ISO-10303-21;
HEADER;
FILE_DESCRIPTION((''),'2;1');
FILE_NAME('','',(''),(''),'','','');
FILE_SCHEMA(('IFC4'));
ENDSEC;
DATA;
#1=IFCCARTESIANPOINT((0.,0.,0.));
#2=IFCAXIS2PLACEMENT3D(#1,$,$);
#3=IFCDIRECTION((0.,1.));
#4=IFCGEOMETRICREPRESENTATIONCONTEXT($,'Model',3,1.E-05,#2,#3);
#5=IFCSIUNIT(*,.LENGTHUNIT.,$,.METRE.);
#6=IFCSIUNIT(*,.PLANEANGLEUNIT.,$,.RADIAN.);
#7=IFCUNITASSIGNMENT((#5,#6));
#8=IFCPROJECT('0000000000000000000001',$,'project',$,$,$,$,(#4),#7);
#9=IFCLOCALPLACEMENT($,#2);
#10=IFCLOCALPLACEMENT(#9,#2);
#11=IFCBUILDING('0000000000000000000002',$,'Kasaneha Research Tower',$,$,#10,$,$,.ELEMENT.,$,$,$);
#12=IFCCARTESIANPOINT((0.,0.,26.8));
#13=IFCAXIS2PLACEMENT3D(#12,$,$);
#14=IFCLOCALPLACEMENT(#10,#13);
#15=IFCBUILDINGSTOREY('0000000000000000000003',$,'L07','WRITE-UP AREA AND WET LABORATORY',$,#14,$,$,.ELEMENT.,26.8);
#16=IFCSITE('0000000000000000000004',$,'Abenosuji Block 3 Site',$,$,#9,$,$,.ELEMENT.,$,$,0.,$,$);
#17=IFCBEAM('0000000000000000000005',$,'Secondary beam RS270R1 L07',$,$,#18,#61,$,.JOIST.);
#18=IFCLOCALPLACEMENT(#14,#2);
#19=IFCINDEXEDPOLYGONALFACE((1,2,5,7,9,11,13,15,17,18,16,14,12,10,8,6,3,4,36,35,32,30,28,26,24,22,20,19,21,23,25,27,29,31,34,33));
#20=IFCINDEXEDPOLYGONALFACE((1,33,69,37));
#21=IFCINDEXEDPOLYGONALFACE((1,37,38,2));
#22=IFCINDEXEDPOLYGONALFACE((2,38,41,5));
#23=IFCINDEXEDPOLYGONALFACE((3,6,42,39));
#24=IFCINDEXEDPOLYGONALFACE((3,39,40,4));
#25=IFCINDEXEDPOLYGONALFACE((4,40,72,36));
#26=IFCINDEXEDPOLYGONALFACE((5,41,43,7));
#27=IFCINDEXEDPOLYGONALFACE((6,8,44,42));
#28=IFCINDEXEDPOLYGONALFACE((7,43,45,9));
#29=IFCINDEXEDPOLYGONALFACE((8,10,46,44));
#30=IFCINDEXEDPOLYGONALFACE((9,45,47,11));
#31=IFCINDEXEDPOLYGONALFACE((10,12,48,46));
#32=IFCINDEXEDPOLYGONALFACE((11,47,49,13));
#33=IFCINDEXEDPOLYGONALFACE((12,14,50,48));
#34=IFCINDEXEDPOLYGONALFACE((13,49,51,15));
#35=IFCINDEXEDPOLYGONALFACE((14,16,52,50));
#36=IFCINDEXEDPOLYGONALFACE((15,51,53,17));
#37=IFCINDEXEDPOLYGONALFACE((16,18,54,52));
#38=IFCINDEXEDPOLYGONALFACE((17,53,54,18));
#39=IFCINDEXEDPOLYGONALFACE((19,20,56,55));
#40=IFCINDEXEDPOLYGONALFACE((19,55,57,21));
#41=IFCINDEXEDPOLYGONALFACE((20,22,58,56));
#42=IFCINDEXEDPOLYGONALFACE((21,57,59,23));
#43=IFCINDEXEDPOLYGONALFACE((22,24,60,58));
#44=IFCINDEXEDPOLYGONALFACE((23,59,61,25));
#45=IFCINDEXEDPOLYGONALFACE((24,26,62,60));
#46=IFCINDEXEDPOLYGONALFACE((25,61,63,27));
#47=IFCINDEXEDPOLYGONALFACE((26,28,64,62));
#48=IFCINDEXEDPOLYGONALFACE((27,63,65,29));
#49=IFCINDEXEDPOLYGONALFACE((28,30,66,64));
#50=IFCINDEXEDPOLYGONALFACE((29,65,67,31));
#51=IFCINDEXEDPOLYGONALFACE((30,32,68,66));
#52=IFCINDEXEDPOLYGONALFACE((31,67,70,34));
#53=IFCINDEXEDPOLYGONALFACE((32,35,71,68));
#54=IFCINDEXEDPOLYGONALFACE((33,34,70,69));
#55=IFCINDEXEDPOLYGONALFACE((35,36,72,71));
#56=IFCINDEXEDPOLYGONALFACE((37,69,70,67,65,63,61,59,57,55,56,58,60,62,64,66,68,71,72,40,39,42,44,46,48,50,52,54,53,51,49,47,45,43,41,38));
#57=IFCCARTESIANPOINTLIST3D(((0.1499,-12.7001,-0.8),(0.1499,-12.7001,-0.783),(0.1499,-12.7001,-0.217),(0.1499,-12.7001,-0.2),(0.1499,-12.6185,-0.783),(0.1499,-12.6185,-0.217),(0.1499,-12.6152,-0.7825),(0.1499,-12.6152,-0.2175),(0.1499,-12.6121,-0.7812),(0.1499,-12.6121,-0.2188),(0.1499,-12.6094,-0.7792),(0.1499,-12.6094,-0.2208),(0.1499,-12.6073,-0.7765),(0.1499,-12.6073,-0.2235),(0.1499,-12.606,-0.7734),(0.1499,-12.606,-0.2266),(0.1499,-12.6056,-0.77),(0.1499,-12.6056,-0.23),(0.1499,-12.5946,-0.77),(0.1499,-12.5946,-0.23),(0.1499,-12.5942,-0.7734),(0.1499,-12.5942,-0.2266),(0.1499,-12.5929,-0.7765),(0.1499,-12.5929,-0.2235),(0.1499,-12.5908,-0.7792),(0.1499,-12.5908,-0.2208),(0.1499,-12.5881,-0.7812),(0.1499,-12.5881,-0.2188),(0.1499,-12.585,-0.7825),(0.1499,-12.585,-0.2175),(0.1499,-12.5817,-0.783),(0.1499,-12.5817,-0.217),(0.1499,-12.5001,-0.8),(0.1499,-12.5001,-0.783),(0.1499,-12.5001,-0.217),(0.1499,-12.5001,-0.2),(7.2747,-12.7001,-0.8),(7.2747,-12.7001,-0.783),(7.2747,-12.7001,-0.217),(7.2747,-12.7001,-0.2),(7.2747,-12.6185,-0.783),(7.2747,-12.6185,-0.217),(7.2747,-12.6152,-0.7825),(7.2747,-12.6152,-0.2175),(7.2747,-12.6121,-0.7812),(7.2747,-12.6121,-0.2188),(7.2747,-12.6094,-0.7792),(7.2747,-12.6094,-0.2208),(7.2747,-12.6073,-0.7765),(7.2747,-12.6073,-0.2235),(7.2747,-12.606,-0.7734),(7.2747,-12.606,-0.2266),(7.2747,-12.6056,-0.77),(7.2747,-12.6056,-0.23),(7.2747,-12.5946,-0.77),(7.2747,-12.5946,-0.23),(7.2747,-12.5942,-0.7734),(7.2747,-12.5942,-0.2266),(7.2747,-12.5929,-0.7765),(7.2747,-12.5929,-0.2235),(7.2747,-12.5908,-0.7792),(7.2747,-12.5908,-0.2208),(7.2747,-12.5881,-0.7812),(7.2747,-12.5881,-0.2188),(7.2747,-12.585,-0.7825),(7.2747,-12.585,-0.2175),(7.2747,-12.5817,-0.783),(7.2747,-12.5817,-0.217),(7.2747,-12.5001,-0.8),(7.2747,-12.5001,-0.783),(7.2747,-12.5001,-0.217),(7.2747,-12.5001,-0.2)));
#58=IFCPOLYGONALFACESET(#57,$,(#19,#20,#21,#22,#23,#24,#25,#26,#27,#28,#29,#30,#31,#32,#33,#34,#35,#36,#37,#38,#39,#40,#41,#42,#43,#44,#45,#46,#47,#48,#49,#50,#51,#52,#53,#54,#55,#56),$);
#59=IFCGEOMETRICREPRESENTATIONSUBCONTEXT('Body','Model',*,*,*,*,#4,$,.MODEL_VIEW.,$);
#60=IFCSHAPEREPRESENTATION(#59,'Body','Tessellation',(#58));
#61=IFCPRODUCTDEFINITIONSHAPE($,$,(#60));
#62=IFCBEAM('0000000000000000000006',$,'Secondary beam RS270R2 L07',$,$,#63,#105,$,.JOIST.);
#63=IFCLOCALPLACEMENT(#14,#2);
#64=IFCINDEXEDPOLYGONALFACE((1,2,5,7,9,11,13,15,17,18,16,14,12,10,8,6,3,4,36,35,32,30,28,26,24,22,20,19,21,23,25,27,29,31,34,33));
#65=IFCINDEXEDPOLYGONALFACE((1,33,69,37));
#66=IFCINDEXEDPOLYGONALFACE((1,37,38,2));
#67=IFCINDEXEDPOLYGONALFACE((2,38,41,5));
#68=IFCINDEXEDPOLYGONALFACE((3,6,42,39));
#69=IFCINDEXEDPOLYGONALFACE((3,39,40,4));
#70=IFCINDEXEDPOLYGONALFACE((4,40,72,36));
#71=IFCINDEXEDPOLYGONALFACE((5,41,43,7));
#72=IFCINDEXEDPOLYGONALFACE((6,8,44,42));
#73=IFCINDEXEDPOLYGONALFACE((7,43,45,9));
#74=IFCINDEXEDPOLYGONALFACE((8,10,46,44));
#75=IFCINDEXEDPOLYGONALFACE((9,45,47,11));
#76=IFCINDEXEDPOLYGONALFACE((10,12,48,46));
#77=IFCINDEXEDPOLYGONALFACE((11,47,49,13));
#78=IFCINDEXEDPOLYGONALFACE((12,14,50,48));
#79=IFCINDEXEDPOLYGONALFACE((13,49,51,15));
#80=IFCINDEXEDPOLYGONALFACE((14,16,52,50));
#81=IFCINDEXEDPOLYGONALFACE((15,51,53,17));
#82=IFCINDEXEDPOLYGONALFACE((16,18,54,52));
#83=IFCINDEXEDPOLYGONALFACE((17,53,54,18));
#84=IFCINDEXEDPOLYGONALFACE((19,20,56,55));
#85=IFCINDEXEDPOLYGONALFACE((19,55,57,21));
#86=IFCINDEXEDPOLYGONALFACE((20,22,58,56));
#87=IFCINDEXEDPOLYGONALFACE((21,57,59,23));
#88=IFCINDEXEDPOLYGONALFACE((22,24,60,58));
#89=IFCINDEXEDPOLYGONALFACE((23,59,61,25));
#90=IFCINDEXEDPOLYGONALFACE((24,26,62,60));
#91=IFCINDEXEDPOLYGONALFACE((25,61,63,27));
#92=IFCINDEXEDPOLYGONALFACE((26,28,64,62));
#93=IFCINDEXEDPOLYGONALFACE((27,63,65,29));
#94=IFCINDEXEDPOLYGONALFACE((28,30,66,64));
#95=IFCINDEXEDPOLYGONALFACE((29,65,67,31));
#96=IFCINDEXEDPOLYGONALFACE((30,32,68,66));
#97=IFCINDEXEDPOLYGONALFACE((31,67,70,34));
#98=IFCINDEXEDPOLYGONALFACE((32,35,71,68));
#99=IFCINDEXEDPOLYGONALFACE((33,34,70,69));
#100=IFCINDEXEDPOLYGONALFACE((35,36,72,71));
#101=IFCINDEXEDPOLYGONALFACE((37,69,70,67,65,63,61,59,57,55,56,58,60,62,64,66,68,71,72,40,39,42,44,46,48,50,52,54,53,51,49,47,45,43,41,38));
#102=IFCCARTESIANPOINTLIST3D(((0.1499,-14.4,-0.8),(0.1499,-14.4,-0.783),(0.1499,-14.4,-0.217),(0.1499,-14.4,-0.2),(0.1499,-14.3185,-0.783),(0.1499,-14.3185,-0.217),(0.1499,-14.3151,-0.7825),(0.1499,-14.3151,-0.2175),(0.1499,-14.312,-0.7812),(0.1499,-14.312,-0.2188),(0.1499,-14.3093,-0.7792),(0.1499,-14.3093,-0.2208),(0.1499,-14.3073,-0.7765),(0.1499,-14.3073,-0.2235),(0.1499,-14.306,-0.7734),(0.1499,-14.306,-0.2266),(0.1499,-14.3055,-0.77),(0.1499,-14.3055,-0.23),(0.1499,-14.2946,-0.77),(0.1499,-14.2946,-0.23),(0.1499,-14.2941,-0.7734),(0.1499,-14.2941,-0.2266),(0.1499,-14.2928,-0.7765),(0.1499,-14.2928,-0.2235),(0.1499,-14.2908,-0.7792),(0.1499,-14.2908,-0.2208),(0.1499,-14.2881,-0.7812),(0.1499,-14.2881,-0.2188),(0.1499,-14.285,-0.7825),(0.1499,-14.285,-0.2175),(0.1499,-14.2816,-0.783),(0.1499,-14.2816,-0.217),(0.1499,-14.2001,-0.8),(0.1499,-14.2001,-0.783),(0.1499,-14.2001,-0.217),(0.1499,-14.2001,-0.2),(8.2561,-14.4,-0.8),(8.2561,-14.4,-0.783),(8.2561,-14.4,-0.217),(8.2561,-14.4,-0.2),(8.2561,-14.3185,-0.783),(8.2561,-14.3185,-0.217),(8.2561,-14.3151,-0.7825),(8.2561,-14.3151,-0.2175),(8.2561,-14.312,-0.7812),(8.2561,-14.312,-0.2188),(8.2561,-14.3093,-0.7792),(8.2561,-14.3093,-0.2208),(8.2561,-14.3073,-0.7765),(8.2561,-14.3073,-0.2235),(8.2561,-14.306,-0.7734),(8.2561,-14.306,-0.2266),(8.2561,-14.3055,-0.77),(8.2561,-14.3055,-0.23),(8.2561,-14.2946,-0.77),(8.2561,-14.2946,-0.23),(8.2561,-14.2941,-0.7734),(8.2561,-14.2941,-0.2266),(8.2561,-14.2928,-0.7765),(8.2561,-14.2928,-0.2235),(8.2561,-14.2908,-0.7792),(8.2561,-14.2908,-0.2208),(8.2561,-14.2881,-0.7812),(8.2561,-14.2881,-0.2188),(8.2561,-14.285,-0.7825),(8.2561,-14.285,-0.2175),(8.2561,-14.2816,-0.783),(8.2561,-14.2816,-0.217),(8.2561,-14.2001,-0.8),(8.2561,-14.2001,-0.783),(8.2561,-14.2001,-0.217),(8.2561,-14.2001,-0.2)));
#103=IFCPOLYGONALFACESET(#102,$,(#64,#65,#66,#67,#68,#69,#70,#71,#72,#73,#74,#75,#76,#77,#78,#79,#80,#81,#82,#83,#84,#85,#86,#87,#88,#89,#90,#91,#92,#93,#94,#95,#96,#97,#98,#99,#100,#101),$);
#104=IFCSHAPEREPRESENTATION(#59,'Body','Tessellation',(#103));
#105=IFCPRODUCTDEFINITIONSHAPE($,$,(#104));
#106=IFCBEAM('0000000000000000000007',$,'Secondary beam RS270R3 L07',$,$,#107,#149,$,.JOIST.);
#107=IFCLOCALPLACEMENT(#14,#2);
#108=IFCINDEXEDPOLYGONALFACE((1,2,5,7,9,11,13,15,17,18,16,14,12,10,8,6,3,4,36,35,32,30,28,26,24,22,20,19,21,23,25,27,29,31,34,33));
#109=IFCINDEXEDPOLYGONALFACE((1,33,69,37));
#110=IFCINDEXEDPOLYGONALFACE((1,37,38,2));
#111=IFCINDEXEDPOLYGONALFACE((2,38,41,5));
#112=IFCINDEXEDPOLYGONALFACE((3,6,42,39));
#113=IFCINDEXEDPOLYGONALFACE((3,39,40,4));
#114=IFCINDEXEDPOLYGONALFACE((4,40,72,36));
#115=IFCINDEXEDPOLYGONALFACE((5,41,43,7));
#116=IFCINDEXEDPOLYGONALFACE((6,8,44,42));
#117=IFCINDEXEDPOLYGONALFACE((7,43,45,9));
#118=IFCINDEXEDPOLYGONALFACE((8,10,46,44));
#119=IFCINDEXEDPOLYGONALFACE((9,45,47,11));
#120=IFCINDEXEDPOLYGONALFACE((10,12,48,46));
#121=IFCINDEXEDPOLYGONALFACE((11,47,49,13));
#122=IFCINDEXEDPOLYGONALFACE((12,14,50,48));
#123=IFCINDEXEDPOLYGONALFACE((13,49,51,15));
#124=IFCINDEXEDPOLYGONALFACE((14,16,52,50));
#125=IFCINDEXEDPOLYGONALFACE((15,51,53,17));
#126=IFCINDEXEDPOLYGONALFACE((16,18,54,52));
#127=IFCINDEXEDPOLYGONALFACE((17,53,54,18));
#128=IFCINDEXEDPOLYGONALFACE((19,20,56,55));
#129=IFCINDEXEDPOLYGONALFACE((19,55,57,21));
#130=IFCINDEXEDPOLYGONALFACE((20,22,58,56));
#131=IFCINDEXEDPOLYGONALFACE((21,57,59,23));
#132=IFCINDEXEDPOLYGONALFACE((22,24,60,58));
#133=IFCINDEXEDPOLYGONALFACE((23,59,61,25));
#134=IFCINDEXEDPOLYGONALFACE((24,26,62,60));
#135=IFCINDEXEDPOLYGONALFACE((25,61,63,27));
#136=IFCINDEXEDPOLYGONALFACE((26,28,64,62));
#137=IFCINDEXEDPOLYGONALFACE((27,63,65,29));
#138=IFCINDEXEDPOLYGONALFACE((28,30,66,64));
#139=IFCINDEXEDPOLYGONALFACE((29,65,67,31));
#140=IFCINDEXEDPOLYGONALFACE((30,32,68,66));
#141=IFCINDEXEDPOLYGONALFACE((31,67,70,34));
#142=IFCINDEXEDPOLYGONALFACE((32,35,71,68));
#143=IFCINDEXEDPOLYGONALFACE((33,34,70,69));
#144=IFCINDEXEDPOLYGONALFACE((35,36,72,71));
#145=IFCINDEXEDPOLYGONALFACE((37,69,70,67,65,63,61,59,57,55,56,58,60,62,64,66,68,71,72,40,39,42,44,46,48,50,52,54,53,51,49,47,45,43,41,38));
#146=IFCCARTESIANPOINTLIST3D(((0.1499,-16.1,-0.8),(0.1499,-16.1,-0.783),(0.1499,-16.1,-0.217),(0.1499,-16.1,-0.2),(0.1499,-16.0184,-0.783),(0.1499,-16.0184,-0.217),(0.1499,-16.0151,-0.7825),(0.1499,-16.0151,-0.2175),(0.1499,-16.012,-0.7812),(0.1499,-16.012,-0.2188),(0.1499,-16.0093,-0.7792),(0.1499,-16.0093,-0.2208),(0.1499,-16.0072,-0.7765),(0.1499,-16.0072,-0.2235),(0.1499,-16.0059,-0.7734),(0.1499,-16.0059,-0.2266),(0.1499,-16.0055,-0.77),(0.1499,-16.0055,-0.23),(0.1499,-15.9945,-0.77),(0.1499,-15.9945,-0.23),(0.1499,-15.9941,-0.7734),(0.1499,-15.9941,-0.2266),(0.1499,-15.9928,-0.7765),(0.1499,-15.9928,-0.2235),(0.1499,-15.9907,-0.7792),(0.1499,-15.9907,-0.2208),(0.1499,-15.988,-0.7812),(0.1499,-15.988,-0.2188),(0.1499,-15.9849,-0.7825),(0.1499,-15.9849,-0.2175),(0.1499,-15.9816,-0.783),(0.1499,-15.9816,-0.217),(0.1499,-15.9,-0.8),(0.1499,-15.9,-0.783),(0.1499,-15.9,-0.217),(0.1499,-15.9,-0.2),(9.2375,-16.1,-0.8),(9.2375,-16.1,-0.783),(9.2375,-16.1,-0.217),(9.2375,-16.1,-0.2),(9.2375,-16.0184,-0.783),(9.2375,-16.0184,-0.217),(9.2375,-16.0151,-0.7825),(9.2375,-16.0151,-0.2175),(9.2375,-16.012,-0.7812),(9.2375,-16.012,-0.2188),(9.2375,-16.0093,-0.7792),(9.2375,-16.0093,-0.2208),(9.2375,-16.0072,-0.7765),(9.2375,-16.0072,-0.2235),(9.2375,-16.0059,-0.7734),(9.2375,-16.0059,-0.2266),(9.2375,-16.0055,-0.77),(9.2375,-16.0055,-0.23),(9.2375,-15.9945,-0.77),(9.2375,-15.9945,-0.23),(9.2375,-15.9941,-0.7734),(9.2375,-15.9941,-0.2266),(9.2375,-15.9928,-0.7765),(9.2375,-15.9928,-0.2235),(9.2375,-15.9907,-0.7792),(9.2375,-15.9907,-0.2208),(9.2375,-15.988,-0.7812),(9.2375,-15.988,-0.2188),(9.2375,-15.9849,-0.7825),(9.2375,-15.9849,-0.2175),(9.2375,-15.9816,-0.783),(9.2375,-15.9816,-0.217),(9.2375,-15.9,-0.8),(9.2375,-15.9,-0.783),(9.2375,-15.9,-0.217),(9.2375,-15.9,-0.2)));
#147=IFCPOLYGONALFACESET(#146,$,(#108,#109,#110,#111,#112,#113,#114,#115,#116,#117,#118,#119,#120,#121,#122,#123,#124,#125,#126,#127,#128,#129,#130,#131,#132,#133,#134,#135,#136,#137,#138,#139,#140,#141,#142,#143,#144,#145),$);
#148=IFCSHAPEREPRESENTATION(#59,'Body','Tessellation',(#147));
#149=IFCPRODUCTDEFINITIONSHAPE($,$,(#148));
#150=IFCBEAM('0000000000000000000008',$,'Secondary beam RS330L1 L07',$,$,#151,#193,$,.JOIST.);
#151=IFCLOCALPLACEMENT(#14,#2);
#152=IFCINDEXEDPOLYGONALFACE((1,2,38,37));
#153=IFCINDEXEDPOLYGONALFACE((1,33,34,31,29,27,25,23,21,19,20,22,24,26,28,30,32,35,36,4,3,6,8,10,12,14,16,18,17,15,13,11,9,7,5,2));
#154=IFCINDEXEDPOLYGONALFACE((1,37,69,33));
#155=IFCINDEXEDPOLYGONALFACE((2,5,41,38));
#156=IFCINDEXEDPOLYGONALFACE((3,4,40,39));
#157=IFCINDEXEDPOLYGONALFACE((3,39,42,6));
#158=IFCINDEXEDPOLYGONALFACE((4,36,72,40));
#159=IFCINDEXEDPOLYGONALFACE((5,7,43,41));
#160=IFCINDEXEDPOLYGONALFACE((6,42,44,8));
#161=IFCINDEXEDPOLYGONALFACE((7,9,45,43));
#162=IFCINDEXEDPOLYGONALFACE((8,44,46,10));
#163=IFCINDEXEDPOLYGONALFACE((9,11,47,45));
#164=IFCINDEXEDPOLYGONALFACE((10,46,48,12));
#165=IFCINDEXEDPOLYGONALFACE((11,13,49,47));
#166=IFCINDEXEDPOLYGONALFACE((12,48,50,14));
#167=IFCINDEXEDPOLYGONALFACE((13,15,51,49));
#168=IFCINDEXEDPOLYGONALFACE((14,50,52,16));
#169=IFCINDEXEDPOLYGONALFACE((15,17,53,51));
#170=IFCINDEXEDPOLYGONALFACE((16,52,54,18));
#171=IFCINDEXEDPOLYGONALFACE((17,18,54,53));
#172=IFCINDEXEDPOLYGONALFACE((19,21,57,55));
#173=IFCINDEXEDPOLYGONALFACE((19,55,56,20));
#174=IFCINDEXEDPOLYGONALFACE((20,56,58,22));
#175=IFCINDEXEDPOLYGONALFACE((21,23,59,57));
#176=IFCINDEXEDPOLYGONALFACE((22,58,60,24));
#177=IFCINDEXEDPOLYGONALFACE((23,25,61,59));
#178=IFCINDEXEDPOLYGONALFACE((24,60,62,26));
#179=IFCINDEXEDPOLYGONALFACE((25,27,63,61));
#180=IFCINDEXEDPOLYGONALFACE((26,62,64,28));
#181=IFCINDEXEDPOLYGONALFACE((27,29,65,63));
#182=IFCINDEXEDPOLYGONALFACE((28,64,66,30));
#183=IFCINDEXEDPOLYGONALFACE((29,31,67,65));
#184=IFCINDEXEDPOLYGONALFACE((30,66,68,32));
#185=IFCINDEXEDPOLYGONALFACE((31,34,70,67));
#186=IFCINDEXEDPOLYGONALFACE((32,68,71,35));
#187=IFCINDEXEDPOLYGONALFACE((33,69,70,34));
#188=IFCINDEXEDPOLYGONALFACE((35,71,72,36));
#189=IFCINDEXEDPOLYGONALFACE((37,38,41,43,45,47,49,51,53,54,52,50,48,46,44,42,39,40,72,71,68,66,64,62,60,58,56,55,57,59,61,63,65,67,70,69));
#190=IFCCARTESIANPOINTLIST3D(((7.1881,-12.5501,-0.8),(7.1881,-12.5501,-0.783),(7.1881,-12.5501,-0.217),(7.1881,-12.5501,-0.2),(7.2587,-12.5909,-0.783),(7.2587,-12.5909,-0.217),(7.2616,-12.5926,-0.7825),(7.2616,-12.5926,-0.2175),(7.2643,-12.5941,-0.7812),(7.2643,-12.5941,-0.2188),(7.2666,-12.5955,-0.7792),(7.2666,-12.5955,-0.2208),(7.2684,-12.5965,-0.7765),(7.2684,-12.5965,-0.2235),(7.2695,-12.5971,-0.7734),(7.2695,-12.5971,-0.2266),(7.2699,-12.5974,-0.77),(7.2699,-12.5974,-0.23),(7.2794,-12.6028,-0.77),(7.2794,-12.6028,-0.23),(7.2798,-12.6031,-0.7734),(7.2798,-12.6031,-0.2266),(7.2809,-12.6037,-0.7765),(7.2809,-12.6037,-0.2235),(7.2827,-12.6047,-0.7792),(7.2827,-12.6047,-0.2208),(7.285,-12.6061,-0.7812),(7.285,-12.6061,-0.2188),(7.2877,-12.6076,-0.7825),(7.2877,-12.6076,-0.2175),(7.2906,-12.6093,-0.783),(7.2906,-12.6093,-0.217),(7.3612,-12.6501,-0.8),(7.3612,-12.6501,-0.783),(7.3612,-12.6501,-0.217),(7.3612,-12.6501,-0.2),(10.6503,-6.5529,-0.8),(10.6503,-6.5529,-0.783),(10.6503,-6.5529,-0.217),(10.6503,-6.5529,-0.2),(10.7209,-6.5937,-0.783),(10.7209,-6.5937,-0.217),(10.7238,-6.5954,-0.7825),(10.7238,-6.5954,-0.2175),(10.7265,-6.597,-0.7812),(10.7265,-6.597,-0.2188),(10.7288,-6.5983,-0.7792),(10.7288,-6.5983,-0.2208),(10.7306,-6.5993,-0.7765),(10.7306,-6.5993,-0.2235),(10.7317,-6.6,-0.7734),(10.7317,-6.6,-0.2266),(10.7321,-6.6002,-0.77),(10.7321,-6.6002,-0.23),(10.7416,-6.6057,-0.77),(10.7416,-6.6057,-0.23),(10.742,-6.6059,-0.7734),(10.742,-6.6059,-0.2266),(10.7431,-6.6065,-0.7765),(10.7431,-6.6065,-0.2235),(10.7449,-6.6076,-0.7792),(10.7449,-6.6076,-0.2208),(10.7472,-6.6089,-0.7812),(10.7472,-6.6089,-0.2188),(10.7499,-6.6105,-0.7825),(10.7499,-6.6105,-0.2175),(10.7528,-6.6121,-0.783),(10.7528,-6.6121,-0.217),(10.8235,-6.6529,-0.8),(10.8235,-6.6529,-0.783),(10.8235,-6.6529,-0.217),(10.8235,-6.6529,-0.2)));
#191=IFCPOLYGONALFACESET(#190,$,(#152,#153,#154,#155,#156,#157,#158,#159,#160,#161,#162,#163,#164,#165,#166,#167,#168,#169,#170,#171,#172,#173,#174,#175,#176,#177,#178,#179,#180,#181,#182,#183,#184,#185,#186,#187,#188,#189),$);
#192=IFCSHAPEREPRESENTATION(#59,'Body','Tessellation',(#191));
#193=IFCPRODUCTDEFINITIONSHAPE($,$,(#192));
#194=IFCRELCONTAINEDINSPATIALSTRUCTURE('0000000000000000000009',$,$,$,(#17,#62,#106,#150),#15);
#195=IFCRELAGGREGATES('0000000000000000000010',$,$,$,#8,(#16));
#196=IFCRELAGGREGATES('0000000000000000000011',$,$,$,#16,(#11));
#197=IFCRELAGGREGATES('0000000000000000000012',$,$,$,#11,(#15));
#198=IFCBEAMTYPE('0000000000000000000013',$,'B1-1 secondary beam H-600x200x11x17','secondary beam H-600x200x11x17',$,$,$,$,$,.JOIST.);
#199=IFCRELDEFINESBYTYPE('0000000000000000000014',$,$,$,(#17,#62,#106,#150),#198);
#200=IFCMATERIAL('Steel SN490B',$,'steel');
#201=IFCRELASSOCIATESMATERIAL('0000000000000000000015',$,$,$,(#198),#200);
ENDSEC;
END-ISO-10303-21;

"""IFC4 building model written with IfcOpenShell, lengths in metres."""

from ifc_helpers import new_model, si_unit, direction, frame, origin, origin_2d, place, context, subcontext, project, spatial, i_section, extrude, material, material_profile, profile_set, type_object, element, save


model = new_model("IFC4")

# Units and contexts
model_context = context("Model", 3, precision=1e-05, world=origin(), true_north=direction((0.0, 1.0)))
body_context = subcontext(model_context, "Body", "Model", "MODEL_VIEW")
ifc_project = project(units=[si_unit("LENGTHUNIT", "METRE"), si_unit("PLANEANGLEUNIT", "RADIAN")], contexts=[model_context])

# Site, building, storey
site_placement = place(None, origin())
site = spatial("IfcSite", under=ifc_project, at=site_placement, Name="Abenosuji Block 3 Site", CompositionType="ELEMENT", RefElevation=0.0)
building_placement = place(site_placement, origin())
building = spatial("IfcBuilding", under=site, at=building_placement, Name="Kasaneha Research Tower", CompositionType="ELEMENT")
storey_placement = place(building_placement, frame((0.0, 0.0, 26.8)))
storey = spatial("IfcBuildingStorey", under=building, at=storey_placement, Name="L07", Description="WRITE-UP AREA AND WET LABORATORY", CompositionType="ELEMENT", Elevation=26.8)

# Beams
ifc_material_1 = material(Name="Steel SN490B", Category="steel")
ifc_material_profile_1 = material_profile(ifc_material_1, i_section(OverallWidth=0.2, OverallDepth=0.6001, WebThickness=0.011, FlangeThickness=0.0171, FilletRadius=0.0129, at=origin_2d()), Name="H-600x200x11x17")
ifc_profile_set_1 = profile_set([ifc_material_profile_1], Name="Steel SN490B")
beam_type_1 = type_object("IfcBeamType", Name="B1-1 secondary beam H-600x200x11x17", Description="secondary beam H-600x200x11x17", PredefinedType="JOIST", material=ifc_profile_set_1)
beam_1_placement = place(storey_placement, frame((7.2747, -12.6001, -0.5), z_axis=(-1.0, 0.0, 0.0), x_axis=(0.0, -1.0, 0.0)))
element("IfcBeam", 1, at=beam_1_placement, inside=storey, type_object=beam_type_1, Name="Secondary beam RS270R1 L07", PredefinedType="JOIST", context=body_context, shape_type="SweptSolid", body=[
    extrude(i_section(OverallWidth=0.2, OverallDepth=0.6001, WebThickness=0.011, FlangeThickness=0.0171, FilletRadius=0.0129, at=origin_2d()), origin(), (0.0, 0.0, 1.0), 7.1248),
])
beam_2_placement = place(storey_placement, frame((8.2561, -14.3, -0.5), z_axis=(-1.0, 0.0, 0.0), x_axis=(0.0, -1.0, 0.0)))
element("IfcBeam", 2, at=beam_2_placement, inside=storey, type_object=beam_type_1, Name="Secondary beam RS270R2 L07", PredefinedType="JOIST", context=body_context, shape_type="SweptSolid", body=[
    extrude(i_section(OverallWidth=0.2, OverallDepth=0.6001, WebThickness=0.011, FlangeThickness=0.0171, FilletRadius=0.0129, at=origin_2d()), origin(), (0.0, 0.0, 1.0), 8.1062),
])
beam_3_placement = place(storey_placement, frame((9.2375, -16.0, -0.5), z_axis=(-1.0, 0.0, 0.0), x_axis=(0.0, -1.0, 0.0)))
element("IfcBeam", 3, at=beam_3_placement, inside=storey, type_object=beam_type_1, Name="Secondary beam RS270R3 L07", PredefinedType="JOIST", context=body_context, shape_type="SweptSolid", body=[
    extrude(i_section(OverallWidth=0.2, OverallDepth=0.6001, WebThickness=0.011, FlangeThickness=0.0171, FilletRadius=0.0129, at=origin_2d()), origin(), (0.0, 0.0, 1.0), 9.0876),
])
beam_4_placement = place(storey_placement, frame((7.2747, -12.6001, -0.5), z_axis=(0.499973, 0.866041, 0.0), x_axis=(-0.866041, 0.499973, 0.0)))
element("IfcBeam", 4, at=beam_4_placement, inside=storey, type_object=beam_type_1, Name="Secondary beam RS330L1 L07", PredefinedType="JOIST", context=body_context, shape_type="SweptSolid", body=[
    extrude(i_section(OverallWidth=0.2, OverallDepth=0.6001, WebThickness=0.011, FlangeThickness=0.0171, FilletRadius=0.0129, at=origin_2d()), origin(), (0.0, 0.0, 1.0), 6.9248),
])

save(model, "model.ifc")
